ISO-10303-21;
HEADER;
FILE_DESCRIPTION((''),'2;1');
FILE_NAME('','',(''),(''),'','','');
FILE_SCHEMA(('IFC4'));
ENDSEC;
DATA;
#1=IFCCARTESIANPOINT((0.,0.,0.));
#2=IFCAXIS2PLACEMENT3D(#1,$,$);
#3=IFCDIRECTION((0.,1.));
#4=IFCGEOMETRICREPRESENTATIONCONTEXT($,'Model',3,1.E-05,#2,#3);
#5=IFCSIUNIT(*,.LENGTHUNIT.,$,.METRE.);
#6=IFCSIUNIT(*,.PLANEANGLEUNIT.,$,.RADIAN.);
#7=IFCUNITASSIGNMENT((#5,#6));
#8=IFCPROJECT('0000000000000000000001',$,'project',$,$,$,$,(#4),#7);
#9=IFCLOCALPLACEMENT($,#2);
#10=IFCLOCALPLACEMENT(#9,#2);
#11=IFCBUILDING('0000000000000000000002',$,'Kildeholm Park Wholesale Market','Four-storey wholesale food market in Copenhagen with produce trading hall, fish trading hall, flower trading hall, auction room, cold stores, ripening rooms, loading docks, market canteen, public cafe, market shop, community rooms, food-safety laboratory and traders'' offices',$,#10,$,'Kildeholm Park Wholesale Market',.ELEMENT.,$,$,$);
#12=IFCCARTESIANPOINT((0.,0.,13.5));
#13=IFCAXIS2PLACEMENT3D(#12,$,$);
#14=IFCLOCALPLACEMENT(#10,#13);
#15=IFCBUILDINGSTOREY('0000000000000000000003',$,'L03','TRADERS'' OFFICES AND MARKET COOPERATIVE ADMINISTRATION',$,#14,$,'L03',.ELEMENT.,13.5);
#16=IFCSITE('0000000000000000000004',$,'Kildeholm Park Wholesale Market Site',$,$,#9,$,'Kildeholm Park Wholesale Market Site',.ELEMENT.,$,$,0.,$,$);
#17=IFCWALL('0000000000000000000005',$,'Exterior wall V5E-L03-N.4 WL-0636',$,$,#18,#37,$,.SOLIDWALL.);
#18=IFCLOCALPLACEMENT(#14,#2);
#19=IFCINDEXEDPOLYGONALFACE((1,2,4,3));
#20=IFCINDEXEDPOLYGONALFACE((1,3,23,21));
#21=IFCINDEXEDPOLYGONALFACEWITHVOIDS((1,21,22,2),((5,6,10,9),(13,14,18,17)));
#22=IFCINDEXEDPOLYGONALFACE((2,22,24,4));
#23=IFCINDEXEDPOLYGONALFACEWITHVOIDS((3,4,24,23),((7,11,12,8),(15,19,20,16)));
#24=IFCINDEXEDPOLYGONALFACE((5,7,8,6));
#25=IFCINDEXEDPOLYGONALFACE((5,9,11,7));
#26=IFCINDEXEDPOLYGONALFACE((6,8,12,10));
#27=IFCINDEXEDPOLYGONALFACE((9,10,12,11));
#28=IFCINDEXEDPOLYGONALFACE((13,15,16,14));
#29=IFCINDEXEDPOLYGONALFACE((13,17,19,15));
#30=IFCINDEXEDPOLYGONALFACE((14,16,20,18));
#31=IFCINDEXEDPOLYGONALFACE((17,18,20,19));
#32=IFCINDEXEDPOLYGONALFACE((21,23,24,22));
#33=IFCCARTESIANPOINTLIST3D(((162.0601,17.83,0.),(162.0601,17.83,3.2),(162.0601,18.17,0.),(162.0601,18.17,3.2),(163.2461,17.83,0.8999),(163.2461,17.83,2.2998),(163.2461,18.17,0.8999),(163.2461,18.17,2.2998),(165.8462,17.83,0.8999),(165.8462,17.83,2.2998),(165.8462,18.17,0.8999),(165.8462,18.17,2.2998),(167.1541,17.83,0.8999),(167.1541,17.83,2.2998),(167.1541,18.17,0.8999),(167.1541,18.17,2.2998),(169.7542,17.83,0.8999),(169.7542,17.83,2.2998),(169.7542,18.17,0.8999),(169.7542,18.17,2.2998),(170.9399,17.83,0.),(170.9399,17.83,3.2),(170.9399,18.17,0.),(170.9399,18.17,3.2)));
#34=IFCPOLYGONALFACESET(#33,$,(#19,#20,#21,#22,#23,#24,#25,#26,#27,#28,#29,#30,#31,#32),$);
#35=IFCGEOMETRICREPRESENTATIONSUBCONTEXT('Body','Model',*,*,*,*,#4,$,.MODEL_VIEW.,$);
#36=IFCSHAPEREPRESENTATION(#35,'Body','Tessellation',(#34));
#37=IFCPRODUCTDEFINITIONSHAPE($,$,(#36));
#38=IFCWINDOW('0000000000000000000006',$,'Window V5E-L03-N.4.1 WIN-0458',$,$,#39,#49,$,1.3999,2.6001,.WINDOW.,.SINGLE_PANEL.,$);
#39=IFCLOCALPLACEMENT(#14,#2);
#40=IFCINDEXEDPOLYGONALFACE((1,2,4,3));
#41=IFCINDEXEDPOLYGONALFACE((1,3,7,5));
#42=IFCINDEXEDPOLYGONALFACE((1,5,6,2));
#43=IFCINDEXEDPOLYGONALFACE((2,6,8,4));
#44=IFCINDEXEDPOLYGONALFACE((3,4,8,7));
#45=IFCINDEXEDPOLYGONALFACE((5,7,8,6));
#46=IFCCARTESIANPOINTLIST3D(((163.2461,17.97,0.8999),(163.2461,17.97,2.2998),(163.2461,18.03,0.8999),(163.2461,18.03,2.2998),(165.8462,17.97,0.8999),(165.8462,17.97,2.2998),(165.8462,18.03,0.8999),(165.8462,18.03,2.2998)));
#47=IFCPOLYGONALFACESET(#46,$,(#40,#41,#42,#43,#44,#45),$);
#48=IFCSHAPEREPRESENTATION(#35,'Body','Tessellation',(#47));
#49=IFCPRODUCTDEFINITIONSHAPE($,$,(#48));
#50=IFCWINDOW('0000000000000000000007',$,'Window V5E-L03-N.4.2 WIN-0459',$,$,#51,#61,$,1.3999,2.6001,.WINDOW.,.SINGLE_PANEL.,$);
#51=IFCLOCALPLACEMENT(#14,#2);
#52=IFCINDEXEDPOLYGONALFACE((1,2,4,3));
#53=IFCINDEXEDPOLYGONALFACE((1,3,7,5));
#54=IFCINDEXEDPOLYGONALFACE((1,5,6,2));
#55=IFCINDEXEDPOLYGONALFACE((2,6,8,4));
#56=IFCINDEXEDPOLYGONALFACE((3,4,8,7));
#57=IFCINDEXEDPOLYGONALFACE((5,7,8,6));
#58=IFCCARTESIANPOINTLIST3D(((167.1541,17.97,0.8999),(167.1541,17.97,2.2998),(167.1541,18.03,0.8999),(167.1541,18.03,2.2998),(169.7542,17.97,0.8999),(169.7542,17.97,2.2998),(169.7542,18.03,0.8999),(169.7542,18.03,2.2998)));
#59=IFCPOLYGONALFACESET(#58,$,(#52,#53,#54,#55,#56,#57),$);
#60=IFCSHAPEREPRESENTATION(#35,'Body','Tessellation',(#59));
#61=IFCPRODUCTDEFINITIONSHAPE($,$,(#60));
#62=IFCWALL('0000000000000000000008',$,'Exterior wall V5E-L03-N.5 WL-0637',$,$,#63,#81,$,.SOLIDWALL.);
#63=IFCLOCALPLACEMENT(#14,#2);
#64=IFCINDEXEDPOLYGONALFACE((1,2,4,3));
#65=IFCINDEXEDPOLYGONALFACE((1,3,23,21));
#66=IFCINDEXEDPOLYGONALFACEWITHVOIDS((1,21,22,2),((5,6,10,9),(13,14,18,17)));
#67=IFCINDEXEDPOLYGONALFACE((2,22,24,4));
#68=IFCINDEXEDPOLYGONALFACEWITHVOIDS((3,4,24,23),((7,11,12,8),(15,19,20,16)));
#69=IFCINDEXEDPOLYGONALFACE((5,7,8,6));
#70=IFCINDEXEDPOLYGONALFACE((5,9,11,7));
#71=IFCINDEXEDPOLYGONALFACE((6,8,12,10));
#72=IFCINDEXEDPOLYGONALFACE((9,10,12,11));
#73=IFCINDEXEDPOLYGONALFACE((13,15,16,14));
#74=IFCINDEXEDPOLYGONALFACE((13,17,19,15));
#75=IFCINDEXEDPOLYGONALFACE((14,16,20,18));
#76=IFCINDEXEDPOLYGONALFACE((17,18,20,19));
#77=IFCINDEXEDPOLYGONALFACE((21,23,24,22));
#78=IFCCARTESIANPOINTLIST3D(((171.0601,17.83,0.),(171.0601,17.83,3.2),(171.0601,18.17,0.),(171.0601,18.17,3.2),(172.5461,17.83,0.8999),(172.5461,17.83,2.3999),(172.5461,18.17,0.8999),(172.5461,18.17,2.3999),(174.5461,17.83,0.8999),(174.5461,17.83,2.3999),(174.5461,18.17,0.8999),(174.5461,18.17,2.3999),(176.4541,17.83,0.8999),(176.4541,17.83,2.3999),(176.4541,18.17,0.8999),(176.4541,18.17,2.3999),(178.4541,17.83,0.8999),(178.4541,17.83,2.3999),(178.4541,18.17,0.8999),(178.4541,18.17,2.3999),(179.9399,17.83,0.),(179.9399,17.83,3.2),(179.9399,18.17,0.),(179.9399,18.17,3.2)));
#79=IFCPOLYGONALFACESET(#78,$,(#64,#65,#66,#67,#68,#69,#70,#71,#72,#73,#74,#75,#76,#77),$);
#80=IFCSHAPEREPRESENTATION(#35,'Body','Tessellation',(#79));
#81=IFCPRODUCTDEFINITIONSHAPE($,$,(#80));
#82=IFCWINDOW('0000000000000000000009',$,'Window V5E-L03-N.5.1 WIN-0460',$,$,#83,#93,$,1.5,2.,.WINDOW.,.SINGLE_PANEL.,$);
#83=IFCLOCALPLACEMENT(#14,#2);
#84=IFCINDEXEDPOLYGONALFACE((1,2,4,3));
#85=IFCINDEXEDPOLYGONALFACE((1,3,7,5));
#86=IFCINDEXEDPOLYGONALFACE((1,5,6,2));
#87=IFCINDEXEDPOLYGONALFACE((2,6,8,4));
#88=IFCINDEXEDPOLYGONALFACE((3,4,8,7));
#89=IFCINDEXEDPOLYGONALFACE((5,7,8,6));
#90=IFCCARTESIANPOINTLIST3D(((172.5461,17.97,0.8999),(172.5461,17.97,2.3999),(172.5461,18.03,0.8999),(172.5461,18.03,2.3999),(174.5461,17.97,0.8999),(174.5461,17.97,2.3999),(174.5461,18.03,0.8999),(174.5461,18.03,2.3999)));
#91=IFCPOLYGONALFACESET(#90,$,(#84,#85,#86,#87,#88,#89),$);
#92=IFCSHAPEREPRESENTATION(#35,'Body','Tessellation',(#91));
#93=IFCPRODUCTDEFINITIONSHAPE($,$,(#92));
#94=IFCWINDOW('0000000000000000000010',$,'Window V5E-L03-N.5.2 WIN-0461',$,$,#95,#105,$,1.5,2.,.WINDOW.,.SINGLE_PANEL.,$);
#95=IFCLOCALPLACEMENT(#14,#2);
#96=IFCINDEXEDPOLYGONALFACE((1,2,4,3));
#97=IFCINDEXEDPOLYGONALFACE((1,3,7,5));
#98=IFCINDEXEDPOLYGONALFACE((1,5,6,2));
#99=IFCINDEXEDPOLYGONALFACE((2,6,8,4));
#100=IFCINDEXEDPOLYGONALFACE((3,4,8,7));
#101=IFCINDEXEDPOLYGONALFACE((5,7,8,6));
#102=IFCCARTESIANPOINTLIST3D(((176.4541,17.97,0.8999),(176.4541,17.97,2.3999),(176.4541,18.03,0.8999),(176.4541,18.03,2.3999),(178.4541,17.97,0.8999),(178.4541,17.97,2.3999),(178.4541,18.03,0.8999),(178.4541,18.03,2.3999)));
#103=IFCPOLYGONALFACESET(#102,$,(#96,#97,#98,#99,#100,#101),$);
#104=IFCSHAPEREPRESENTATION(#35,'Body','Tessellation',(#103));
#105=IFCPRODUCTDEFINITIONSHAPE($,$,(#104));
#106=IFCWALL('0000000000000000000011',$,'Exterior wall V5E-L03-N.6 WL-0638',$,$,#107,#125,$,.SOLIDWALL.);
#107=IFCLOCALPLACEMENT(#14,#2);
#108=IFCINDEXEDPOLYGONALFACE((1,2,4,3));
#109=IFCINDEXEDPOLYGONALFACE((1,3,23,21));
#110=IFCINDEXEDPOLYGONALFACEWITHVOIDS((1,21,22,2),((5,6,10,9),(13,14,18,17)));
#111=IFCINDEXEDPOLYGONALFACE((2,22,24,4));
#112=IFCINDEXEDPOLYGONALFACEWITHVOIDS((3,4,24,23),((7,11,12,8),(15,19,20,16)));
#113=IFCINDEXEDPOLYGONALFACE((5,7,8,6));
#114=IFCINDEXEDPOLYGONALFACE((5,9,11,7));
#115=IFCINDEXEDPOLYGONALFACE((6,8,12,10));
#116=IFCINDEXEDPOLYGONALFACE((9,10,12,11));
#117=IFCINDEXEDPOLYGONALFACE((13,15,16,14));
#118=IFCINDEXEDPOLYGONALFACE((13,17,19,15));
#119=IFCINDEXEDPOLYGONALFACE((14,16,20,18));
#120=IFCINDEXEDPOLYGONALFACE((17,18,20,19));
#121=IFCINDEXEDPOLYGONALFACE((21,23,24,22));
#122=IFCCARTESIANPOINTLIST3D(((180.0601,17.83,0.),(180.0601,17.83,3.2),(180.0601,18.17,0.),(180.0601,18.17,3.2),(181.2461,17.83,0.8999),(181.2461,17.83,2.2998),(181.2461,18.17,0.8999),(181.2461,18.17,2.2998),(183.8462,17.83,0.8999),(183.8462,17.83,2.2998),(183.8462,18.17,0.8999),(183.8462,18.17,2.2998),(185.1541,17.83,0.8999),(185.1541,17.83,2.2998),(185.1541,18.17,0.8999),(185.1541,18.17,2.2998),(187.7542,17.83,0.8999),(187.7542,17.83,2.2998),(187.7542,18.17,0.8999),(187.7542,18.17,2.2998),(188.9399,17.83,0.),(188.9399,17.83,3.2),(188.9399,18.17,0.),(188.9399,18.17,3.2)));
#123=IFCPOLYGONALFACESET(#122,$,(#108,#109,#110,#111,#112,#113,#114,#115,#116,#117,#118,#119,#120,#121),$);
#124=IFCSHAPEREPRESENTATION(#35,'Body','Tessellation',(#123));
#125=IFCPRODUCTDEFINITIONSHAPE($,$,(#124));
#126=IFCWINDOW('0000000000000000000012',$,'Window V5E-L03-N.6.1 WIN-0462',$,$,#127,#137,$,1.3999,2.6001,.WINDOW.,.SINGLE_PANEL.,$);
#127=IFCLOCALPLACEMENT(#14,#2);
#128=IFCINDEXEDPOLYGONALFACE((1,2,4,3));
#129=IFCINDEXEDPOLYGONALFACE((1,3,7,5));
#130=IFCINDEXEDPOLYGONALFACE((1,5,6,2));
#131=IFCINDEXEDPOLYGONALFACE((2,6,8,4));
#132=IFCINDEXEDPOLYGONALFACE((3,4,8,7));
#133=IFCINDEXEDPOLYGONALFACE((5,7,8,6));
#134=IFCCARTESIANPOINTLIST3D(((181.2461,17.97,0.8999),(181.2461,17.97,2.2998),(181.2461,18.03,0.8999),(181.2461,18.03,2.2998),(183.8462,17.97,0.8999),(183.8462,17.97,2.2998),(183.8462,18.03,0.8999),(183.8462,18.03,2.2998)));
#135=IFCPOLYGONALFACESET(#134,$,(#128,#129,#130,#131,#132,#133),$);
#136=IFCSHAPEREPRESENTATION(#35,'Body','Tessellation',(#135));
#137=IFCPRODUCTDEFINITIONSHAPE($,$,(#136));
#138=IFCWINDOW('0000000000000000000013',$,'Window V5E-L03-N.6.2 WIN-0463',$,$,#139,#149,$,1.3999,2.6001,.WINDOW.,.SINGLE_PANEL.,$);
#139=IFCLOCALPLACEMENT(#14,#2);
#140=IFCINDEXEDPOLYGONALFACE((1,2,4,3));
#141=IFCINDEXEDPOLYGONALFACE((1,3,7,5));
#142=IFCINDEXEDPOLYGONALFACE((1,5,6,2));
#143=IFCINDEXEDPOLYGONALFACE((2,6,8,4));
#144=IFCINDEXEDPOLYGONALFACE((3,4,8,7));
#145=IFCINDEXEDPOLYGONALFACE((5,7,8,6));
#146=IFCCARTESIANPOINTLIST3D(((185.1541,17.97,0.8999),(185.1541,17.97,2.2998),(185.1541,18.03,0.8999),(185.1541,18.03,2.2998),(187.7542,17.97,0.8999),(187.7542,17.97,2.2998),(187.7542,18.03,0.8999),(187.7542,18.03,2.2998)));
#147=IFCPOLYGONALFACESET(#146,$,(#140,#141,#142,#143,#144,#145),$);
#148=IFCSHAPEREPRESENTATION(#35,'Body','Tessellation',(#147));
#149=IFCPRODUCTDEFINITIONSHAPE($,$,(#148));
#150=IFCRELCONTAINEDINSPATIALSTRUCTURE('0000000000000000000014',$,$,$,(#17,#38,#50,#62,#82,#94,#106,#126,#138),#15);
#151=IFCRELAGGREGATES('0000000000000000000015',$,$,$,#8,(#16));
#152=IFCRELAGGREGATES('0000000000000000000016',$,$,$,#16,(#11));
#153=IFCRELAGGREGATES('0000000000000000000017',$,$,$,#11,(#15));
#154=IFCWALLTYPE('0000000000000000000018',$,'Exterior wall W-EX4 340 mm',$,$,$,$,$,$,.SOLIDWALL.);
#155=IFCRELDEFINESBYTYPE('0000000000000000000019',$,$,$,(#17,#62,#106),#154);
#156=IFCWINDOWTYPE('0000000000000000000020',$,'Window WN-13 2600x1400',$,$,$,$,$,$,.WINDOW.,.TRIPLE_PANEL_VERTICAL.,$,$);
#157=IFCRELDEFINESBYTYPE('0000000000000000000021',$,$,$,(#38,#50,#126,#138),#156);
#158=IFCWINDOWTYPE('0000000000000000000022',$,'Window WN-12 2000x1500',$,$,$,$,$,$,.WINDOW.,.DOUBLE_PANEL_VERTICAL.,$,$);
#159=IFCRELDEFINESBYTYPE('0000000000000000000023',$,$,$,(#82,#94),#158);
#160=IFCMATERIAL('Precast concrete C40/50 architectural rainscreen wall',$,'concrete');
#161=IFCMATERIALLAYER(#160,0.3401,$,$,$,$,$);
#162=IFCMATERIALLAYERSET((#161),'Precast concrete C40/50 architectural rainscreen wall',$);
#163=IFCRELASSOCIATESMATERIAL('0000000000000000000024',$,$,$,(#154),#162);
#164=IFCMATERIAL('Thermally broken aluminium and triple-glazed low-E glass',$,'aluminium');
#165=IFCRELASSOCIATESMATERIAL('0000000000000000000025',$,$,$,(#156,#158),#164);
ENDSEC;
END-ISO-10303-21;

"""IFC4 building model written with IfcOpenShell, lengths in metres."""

from ifc_helpers import new_model, si_unit, direction, frame, frame_2d, origin, place, context, subcontext, project, spatial, rectangle, extrude, material, layer, layer_set, type_object, element, fill, save


model = new_model("IFC4")

# Units and contexts
model_context = context("Model", 3, precision=1e-05, world=origin(), true_north=direction((0.0, 1.0)))
body_context = subcontext(model_context, "Body", "Model", "MODEL_VIEW")
ifc_project = project(units=[si_unit("LENGTHUNIT", "METRE"), si_unit("PLANEANGLEUNIT", "RADIAN")], contexts=[model_context])

# Site, building, storey
site_placement = place(None, origin())
site = spatial("IfcSite", under=ifc_project, at=site_placement, Name="Kildeholm Park Wholesale Market Site", LongName="Kildeholm Park Wholesale Market Site", CompositionType="ELEMENT", RefElevation=0.0)
building_placement = place(site_placement, origin())
building = spatial("IfcBuilding", under=site, at=building_placement, Name="Kildeholm Park Wholesale Market", Description="Four-storey wholesale food market in Copenhagen with produce trading hall, fish trading hall, flower trading hall, auction room, cold stores, ripening rooms, loading docks, market canteen, public cafe, market shop, community rooms, food-safety laboratory and traders' offices", LongName="Kildeholm Park Wholesale Market", CompositionType="ELEMENT")
storey_placement = place(building_placement, frame((0.0, 0.0, 13.5)))
storey = spatial("IfcBuildingStorey", under=building, at=storey_placement, Name="L03", Description="TRADERS' OFFICES AND MARKET COOPERATIVE ADMINISTRATION", LongName="L03", CompositionType="ELEMENT", Elevation=13.5)

# Walls, openings, windows
ifc_material_1 = material(Name="Precast concrete C40/50 architectural rainscreen wall", Category="concrete")
ifc_layer = layer(ifc_material_1, 0.3401)
ifc_layer_set = layer_set([ifc_layer], Name="Precast concrete C40/50 architectural rainscreen wall")
wall_type = type_object("IfcWallType", Name="Exterior wall W-EX4 340 mm", PredefinedType="SOLIDWALL", material=ifc_layer_set)
wall_1_placement = place(storey_placement, frame((162.0601, 18.0, 0.0), z_axis=(0.0, 0.0, 1.0), x_axis=(1.0, 0.0, 0.0)))
wall_1 = element("IfcWall", 1, at=wall_1_placement, inside=storey, type_object=wall_type, Name="Exterior wall V5E-L03-N.4 WL-0636", PredefinedType="SOLIDWALL", context=body_context, shape_type="SweptSolid", body=[
    extrude(rectangle(XDim=8.8799, YDim=0.3401, at=frame_2d((4.4399, 0.0))), origin(), (0.0, 0.0, 1.0), 3.2),
])
opening_1_placement = place(wall_1_placement, frame((1.186, 0.0, 0.8999)))
opening_1 = element("IfcOpeningElement", 2, at=opening_1_placement, cuts=wall_1, PredefinedType="OPENING", context=body_context, shape_type="SweptSolid", body=[
    extrude(rectangle(XDim=2.6001, YDim=1.3999, at=frame_2d((1.3, 0.7))), frame((0.0, 0.1799, 0.0), z_axis=(0.0, -1.0, 0.0), x_axis=(1.0, 0.0, 0.0)), (0.0, 0.0, 1.0), 0.3601),
])
opening_2_placement = place(wall_1_placement, frame((5.094, 0.0, 0.8999)))
opening_2 = element("IfcOpeningElement", 3, at=opening_2_placement, cuts=wall_1, PredefinedType="OPENING", context=body_context, shape_type="SweptSolid", body=[
    extrude(rectangle(XDim=2.6001, YDim=1.3999, at=frame_2d((1.3, 0.7))), frame((0.0, 0.1799, 0.0), z_axis=(0.0, -1.0, 0.0), x_axis=(1.0, 0.0, 0.0)), (0.0, 0.0, 1.0), 0.3601),
])
ifc_material_2 = material(Name="Thermally broken aluminium and triple-glazed low-E glass", Category="aluminium")
window_type_1 = type_object("IfcWindowType", Name="Window WN-13 2600x1400", PartitioningType="TRIPLE_PANEL_VERTICAL", PredefinedType="WINDOW", material=ifc_material_2)
window_1_placement = place(opening_1_placement, origin())
window_1 = element("IfcWindow", 4, at=window_1_placement, inside=storey, type_object=window_type_1, Name="Window V5E-L03-N.4.1 WIN-0458", OverallHeight=1.3999, OverallWidth=2.6001, PartitioningType="SINGLE_PANEL", PredefinedType="WINDOW", context=body_context, shape_type="SweptSolid", body=[
    extrude(rectangle(XDim=2.6001, YDim=1.3999, at=frame_2d((1.3, 0.7))), frame((0.0, 0.03, 0.0), z_axis=(0.0, -1.0, 0.0), x_axis=(1.0, 0.0, 0.0)), (0.0, 0.0, 1.0), 0.0601),
])
fill(opening_1, window_1)
window_2_placement = place(opening_2_placement, origin())
window_2 = element("IfcWindow", 5, at=window_2_placement, inside=storey, type_object=window_type_1, Name="Window V5E-L03-N.4.2 WIN-0459", OverallHeight=1.3999, OverallWidth=2.6001, PartitioningType="SINGLE_PANEL", PredefinedType="WINDOW", context=body_context, shape_type="SweptSolid", body=[
    extrude(rectangle(XDim=2.6001, YDim=1.3999, at=frame_2d((1.3, 0.7))), frame((0.0, 0.03, 0.0), z_axis=(0.0, -1.0, 0.0), x_axis=(1.0, 0.0, 0.0)), (0.0, 0.0, 1.0), 0.0601),
])
fill(opening_2, window_2)
wall_2_placement = place(storey_placement, frame((171.0601, 18.0, 0.0), z_axis=(0.0, 0.0, 1.0), x_axis=(1.0, 0.0, 0.0)))
wall_2 = element("IfcWall", 6, at=wall_2_placement, inside=storey, type_object=wall_type, Name="Exterior wall V5E-L03-N.5 WL-0637", PredefinedType="SOLIDWALL", context=body_context, shape_type="SweptSolid", body=[
    extrude(rectangle(XDim=8.8799, YDim=0.3401, at=frame_2d((4.4399, 0.0))), origin(), (0.0, 0.0, 1.0), 3.2),
])
opening_3_placement = place(wall_2_placement, frame((1.4861, 0.0, 0.8999)))
opening_3 = element("IfcOpeningElement", 7, at=opening_3_placement, cuts=wall_2, PredefinedType="OPENING", context=body_context, shape_type="SweptSolid", body=[
    extrude(rectangle(XDim=2.0, YDim=1.5, at=frame_2d((1.0, 0.75))), frame((0.0, 0.1799, 0.0), z_axis=(0.0, -1.0, 0.0), x_axis=(1.0, 0.0, 0.0)), (0.0, 0.0, 1.0), 0.3601),
])
opening_4_placement = place(wall_2_placement, frame((5.394, 0.0, 0.8999)))
opening_4 = element("IfcOpeningElement", 8, at=opening_4_placement, cuts=wall_2, PredefinedType="OPENING", context=body_context, shape_type="SweptSolid", body=[
    extrude(rectangle(XDim=2.0, YDim=1.5, at=frame_2d((1.0, 0.75))), frame((0.0, 0.1799, 0.0), z_axis=(0.0, -1.0, 0.0), x_axis=(1.0, 0.0, 0.0)), (0.0, 0.0, 1.0), 0.3601),
])
window_type_2 = type_object("IfcWindowType", Name="Window WN-12 2000x1500", PartitioningType="DOUBLE_PANEL_VERTICAL", PredefinedType="WINDOW", material=ifc_material_2)
window_3_placement = place(opening_3_placement, origin())
window_3 = element("IfcWindow", 9, at=window_3_placement, inside=storey, type_object=window_type_2, Name="Window V5E-L03-N.5.1 WIN-0460", OverallHeight=1.5, OverallWidth=2.0, PartitioningType="SINGLE_PANEL", PredefinedType="WINDOW", context=body_context, shape_type="SweptSolid", body=[
    extrude(rectangle(XDim=2.0, YDim=1.5, at=frame_2d((1.0, 0.75))), frame((0.0, 0.03, 0.0), z_axis=(0.0, -1.0, 0.0), x_axis=(1.0, 0.0, 0.0)), (0.0, 0.0, 1.0), 0.0601),
])
fill(opening_3, window_3)
window_4_placement = place(opening_4_placement, origin())
window_4 = element("IfcWindow", 10, at=window_4_placement, inside=storey, type_object=window_type_2, Name="Window V5E-L03-N.5.2 WIN-0461", OverallHeight=1.5, OverallWidth=2.0, PartitioningType="SINGLE_PANEL", PredefinedType="WINDOW", context=body_context, shape_type="SweptSolid", body=[
    extrude(rectangle(XDim=2.0, YDim=1.5, at=frame_2d((1.0, 0.75))), frame((0.0, 0.03, 0.0), z_axis=(0.0, -1.0, 0.0), x_axis=(1.0, 0.0, 0.0)), (0.0, 0.0, 1.0), 0.0601),
])
fill(opening_4, window_4)
wall_3_placement = place(storey_placement, frame((180.0601, 18.0, 0.0), z_axis=(0.0, 0.0, 1.0), x_axis=(1.0, 0.0, 0.0)))
wall_3 = element("IfcWall", 11, at=wall_3_placement, inside=storey, type_object=wall_type, Name="Exterior wall V5E-L03-N.6 WL-0638", PredefinedType="SOLIDWALL", context=body_context, shape_type="SweptSolid", body=[
    extrude(rectangle(XDim=8.8799, YDim=0.3401, at=frame_2d((4.4399, 0.0))), origin(), (0.0, 0.0, 1.0), 3.2),
])
opening_5_placement = place(wall_3_placement, frame((1.186, 0.0, 0.8999)))
opening_5 = element("IfcOpeningElement", 12, at=opening_5_placement, cuts=wall_3, PredefinedType="OPENING", context=body_context, shape_type="SweptSolid", body=[
    extrude(rectangle(XDim=2.6001, YDim=1.3999, at=frame_2d((1.3, 0.7))), frame((0.0, 0.1799, 0.0), z_axis=(0.0, -1.0, 0.0), x_axis=(1.0, 0.0, 0.0)), (0.0, 0.0, 1.0), 0.3601),
])
opening_6_placement = place(wall_3_placement, frame((5.094, 0.0, 0.8999)))
opening_6 = element("IfcOpeningElement", 13, at=opening_6_placement, cuts=wall_3, PredefinedType="OPENING", context=body_context, shape_type="SweptSolid", body=[
    extrude(rectangle(XDim=2.6001, YDim=1.3999, at=frame_2d((1.3, 0.7))), frame((0.0, 0.1799, 0.0), z_axis=(0.0, -1.0, 0.0), x_axis=(1.0, 0.0, 0.0)), (0.0, 0.0, 1.0), 0.3601),
])
window_5_placement = place(opening_5_placement, origin())
window_5 = element("IfcWindow", 14, at=window_5_placement, inside=storey, type_object=window_type_1, Name="Window V5E-L03-N.6.1 WIN-0462", OverallHeight=1.3999, OverallWidth=2.6001, PartitioningType="SINGLE_PANEL", PredefinedType="WINDOW", context=body_context, shape_type="SweptSolid", body=[
    extrude(rectangle(XDim=2.6001, YDim=1.3999, at=frame_2d((1.3, 0.7))), frame((0.0, 0.03, 0.0), z_axis=(0.0, -1.0, 0.0), x_axis=(1.0, 0.0, 0.0)), (0.0, 0.0, 1.0), 0.0601),
])
fill(opening_5, window_5)
window_6_placement = place(opening_6_placement, origin())
window_6 = element("IfcWindow", 15, at=window_6_placement, inside=storey, type_object=window_type_1, Name="Window V5E-L03-N.6.2 WIN-0463", OverallHeight=1.3999, OverallWidth=2.6001, PartitioningType="SINGLE_PANEL", PredefinedType="WINDOW", context=body_context, shape_type="SweptSolid", body=[
    extrude(rectangle(XDim=2.6001, YDim=1.3999, at=frame_2d((1.3, 0.7))), frame((0.0, 0.03, 0.0), z_axis=(0.0, -1.0, 0.0), x_axis=(1.0, 0.0, 0.0)), (0.0, 0.0, 1.0), 0.0601),
])
fill(opening_6, window_6)

save(model, "model.ifc")
